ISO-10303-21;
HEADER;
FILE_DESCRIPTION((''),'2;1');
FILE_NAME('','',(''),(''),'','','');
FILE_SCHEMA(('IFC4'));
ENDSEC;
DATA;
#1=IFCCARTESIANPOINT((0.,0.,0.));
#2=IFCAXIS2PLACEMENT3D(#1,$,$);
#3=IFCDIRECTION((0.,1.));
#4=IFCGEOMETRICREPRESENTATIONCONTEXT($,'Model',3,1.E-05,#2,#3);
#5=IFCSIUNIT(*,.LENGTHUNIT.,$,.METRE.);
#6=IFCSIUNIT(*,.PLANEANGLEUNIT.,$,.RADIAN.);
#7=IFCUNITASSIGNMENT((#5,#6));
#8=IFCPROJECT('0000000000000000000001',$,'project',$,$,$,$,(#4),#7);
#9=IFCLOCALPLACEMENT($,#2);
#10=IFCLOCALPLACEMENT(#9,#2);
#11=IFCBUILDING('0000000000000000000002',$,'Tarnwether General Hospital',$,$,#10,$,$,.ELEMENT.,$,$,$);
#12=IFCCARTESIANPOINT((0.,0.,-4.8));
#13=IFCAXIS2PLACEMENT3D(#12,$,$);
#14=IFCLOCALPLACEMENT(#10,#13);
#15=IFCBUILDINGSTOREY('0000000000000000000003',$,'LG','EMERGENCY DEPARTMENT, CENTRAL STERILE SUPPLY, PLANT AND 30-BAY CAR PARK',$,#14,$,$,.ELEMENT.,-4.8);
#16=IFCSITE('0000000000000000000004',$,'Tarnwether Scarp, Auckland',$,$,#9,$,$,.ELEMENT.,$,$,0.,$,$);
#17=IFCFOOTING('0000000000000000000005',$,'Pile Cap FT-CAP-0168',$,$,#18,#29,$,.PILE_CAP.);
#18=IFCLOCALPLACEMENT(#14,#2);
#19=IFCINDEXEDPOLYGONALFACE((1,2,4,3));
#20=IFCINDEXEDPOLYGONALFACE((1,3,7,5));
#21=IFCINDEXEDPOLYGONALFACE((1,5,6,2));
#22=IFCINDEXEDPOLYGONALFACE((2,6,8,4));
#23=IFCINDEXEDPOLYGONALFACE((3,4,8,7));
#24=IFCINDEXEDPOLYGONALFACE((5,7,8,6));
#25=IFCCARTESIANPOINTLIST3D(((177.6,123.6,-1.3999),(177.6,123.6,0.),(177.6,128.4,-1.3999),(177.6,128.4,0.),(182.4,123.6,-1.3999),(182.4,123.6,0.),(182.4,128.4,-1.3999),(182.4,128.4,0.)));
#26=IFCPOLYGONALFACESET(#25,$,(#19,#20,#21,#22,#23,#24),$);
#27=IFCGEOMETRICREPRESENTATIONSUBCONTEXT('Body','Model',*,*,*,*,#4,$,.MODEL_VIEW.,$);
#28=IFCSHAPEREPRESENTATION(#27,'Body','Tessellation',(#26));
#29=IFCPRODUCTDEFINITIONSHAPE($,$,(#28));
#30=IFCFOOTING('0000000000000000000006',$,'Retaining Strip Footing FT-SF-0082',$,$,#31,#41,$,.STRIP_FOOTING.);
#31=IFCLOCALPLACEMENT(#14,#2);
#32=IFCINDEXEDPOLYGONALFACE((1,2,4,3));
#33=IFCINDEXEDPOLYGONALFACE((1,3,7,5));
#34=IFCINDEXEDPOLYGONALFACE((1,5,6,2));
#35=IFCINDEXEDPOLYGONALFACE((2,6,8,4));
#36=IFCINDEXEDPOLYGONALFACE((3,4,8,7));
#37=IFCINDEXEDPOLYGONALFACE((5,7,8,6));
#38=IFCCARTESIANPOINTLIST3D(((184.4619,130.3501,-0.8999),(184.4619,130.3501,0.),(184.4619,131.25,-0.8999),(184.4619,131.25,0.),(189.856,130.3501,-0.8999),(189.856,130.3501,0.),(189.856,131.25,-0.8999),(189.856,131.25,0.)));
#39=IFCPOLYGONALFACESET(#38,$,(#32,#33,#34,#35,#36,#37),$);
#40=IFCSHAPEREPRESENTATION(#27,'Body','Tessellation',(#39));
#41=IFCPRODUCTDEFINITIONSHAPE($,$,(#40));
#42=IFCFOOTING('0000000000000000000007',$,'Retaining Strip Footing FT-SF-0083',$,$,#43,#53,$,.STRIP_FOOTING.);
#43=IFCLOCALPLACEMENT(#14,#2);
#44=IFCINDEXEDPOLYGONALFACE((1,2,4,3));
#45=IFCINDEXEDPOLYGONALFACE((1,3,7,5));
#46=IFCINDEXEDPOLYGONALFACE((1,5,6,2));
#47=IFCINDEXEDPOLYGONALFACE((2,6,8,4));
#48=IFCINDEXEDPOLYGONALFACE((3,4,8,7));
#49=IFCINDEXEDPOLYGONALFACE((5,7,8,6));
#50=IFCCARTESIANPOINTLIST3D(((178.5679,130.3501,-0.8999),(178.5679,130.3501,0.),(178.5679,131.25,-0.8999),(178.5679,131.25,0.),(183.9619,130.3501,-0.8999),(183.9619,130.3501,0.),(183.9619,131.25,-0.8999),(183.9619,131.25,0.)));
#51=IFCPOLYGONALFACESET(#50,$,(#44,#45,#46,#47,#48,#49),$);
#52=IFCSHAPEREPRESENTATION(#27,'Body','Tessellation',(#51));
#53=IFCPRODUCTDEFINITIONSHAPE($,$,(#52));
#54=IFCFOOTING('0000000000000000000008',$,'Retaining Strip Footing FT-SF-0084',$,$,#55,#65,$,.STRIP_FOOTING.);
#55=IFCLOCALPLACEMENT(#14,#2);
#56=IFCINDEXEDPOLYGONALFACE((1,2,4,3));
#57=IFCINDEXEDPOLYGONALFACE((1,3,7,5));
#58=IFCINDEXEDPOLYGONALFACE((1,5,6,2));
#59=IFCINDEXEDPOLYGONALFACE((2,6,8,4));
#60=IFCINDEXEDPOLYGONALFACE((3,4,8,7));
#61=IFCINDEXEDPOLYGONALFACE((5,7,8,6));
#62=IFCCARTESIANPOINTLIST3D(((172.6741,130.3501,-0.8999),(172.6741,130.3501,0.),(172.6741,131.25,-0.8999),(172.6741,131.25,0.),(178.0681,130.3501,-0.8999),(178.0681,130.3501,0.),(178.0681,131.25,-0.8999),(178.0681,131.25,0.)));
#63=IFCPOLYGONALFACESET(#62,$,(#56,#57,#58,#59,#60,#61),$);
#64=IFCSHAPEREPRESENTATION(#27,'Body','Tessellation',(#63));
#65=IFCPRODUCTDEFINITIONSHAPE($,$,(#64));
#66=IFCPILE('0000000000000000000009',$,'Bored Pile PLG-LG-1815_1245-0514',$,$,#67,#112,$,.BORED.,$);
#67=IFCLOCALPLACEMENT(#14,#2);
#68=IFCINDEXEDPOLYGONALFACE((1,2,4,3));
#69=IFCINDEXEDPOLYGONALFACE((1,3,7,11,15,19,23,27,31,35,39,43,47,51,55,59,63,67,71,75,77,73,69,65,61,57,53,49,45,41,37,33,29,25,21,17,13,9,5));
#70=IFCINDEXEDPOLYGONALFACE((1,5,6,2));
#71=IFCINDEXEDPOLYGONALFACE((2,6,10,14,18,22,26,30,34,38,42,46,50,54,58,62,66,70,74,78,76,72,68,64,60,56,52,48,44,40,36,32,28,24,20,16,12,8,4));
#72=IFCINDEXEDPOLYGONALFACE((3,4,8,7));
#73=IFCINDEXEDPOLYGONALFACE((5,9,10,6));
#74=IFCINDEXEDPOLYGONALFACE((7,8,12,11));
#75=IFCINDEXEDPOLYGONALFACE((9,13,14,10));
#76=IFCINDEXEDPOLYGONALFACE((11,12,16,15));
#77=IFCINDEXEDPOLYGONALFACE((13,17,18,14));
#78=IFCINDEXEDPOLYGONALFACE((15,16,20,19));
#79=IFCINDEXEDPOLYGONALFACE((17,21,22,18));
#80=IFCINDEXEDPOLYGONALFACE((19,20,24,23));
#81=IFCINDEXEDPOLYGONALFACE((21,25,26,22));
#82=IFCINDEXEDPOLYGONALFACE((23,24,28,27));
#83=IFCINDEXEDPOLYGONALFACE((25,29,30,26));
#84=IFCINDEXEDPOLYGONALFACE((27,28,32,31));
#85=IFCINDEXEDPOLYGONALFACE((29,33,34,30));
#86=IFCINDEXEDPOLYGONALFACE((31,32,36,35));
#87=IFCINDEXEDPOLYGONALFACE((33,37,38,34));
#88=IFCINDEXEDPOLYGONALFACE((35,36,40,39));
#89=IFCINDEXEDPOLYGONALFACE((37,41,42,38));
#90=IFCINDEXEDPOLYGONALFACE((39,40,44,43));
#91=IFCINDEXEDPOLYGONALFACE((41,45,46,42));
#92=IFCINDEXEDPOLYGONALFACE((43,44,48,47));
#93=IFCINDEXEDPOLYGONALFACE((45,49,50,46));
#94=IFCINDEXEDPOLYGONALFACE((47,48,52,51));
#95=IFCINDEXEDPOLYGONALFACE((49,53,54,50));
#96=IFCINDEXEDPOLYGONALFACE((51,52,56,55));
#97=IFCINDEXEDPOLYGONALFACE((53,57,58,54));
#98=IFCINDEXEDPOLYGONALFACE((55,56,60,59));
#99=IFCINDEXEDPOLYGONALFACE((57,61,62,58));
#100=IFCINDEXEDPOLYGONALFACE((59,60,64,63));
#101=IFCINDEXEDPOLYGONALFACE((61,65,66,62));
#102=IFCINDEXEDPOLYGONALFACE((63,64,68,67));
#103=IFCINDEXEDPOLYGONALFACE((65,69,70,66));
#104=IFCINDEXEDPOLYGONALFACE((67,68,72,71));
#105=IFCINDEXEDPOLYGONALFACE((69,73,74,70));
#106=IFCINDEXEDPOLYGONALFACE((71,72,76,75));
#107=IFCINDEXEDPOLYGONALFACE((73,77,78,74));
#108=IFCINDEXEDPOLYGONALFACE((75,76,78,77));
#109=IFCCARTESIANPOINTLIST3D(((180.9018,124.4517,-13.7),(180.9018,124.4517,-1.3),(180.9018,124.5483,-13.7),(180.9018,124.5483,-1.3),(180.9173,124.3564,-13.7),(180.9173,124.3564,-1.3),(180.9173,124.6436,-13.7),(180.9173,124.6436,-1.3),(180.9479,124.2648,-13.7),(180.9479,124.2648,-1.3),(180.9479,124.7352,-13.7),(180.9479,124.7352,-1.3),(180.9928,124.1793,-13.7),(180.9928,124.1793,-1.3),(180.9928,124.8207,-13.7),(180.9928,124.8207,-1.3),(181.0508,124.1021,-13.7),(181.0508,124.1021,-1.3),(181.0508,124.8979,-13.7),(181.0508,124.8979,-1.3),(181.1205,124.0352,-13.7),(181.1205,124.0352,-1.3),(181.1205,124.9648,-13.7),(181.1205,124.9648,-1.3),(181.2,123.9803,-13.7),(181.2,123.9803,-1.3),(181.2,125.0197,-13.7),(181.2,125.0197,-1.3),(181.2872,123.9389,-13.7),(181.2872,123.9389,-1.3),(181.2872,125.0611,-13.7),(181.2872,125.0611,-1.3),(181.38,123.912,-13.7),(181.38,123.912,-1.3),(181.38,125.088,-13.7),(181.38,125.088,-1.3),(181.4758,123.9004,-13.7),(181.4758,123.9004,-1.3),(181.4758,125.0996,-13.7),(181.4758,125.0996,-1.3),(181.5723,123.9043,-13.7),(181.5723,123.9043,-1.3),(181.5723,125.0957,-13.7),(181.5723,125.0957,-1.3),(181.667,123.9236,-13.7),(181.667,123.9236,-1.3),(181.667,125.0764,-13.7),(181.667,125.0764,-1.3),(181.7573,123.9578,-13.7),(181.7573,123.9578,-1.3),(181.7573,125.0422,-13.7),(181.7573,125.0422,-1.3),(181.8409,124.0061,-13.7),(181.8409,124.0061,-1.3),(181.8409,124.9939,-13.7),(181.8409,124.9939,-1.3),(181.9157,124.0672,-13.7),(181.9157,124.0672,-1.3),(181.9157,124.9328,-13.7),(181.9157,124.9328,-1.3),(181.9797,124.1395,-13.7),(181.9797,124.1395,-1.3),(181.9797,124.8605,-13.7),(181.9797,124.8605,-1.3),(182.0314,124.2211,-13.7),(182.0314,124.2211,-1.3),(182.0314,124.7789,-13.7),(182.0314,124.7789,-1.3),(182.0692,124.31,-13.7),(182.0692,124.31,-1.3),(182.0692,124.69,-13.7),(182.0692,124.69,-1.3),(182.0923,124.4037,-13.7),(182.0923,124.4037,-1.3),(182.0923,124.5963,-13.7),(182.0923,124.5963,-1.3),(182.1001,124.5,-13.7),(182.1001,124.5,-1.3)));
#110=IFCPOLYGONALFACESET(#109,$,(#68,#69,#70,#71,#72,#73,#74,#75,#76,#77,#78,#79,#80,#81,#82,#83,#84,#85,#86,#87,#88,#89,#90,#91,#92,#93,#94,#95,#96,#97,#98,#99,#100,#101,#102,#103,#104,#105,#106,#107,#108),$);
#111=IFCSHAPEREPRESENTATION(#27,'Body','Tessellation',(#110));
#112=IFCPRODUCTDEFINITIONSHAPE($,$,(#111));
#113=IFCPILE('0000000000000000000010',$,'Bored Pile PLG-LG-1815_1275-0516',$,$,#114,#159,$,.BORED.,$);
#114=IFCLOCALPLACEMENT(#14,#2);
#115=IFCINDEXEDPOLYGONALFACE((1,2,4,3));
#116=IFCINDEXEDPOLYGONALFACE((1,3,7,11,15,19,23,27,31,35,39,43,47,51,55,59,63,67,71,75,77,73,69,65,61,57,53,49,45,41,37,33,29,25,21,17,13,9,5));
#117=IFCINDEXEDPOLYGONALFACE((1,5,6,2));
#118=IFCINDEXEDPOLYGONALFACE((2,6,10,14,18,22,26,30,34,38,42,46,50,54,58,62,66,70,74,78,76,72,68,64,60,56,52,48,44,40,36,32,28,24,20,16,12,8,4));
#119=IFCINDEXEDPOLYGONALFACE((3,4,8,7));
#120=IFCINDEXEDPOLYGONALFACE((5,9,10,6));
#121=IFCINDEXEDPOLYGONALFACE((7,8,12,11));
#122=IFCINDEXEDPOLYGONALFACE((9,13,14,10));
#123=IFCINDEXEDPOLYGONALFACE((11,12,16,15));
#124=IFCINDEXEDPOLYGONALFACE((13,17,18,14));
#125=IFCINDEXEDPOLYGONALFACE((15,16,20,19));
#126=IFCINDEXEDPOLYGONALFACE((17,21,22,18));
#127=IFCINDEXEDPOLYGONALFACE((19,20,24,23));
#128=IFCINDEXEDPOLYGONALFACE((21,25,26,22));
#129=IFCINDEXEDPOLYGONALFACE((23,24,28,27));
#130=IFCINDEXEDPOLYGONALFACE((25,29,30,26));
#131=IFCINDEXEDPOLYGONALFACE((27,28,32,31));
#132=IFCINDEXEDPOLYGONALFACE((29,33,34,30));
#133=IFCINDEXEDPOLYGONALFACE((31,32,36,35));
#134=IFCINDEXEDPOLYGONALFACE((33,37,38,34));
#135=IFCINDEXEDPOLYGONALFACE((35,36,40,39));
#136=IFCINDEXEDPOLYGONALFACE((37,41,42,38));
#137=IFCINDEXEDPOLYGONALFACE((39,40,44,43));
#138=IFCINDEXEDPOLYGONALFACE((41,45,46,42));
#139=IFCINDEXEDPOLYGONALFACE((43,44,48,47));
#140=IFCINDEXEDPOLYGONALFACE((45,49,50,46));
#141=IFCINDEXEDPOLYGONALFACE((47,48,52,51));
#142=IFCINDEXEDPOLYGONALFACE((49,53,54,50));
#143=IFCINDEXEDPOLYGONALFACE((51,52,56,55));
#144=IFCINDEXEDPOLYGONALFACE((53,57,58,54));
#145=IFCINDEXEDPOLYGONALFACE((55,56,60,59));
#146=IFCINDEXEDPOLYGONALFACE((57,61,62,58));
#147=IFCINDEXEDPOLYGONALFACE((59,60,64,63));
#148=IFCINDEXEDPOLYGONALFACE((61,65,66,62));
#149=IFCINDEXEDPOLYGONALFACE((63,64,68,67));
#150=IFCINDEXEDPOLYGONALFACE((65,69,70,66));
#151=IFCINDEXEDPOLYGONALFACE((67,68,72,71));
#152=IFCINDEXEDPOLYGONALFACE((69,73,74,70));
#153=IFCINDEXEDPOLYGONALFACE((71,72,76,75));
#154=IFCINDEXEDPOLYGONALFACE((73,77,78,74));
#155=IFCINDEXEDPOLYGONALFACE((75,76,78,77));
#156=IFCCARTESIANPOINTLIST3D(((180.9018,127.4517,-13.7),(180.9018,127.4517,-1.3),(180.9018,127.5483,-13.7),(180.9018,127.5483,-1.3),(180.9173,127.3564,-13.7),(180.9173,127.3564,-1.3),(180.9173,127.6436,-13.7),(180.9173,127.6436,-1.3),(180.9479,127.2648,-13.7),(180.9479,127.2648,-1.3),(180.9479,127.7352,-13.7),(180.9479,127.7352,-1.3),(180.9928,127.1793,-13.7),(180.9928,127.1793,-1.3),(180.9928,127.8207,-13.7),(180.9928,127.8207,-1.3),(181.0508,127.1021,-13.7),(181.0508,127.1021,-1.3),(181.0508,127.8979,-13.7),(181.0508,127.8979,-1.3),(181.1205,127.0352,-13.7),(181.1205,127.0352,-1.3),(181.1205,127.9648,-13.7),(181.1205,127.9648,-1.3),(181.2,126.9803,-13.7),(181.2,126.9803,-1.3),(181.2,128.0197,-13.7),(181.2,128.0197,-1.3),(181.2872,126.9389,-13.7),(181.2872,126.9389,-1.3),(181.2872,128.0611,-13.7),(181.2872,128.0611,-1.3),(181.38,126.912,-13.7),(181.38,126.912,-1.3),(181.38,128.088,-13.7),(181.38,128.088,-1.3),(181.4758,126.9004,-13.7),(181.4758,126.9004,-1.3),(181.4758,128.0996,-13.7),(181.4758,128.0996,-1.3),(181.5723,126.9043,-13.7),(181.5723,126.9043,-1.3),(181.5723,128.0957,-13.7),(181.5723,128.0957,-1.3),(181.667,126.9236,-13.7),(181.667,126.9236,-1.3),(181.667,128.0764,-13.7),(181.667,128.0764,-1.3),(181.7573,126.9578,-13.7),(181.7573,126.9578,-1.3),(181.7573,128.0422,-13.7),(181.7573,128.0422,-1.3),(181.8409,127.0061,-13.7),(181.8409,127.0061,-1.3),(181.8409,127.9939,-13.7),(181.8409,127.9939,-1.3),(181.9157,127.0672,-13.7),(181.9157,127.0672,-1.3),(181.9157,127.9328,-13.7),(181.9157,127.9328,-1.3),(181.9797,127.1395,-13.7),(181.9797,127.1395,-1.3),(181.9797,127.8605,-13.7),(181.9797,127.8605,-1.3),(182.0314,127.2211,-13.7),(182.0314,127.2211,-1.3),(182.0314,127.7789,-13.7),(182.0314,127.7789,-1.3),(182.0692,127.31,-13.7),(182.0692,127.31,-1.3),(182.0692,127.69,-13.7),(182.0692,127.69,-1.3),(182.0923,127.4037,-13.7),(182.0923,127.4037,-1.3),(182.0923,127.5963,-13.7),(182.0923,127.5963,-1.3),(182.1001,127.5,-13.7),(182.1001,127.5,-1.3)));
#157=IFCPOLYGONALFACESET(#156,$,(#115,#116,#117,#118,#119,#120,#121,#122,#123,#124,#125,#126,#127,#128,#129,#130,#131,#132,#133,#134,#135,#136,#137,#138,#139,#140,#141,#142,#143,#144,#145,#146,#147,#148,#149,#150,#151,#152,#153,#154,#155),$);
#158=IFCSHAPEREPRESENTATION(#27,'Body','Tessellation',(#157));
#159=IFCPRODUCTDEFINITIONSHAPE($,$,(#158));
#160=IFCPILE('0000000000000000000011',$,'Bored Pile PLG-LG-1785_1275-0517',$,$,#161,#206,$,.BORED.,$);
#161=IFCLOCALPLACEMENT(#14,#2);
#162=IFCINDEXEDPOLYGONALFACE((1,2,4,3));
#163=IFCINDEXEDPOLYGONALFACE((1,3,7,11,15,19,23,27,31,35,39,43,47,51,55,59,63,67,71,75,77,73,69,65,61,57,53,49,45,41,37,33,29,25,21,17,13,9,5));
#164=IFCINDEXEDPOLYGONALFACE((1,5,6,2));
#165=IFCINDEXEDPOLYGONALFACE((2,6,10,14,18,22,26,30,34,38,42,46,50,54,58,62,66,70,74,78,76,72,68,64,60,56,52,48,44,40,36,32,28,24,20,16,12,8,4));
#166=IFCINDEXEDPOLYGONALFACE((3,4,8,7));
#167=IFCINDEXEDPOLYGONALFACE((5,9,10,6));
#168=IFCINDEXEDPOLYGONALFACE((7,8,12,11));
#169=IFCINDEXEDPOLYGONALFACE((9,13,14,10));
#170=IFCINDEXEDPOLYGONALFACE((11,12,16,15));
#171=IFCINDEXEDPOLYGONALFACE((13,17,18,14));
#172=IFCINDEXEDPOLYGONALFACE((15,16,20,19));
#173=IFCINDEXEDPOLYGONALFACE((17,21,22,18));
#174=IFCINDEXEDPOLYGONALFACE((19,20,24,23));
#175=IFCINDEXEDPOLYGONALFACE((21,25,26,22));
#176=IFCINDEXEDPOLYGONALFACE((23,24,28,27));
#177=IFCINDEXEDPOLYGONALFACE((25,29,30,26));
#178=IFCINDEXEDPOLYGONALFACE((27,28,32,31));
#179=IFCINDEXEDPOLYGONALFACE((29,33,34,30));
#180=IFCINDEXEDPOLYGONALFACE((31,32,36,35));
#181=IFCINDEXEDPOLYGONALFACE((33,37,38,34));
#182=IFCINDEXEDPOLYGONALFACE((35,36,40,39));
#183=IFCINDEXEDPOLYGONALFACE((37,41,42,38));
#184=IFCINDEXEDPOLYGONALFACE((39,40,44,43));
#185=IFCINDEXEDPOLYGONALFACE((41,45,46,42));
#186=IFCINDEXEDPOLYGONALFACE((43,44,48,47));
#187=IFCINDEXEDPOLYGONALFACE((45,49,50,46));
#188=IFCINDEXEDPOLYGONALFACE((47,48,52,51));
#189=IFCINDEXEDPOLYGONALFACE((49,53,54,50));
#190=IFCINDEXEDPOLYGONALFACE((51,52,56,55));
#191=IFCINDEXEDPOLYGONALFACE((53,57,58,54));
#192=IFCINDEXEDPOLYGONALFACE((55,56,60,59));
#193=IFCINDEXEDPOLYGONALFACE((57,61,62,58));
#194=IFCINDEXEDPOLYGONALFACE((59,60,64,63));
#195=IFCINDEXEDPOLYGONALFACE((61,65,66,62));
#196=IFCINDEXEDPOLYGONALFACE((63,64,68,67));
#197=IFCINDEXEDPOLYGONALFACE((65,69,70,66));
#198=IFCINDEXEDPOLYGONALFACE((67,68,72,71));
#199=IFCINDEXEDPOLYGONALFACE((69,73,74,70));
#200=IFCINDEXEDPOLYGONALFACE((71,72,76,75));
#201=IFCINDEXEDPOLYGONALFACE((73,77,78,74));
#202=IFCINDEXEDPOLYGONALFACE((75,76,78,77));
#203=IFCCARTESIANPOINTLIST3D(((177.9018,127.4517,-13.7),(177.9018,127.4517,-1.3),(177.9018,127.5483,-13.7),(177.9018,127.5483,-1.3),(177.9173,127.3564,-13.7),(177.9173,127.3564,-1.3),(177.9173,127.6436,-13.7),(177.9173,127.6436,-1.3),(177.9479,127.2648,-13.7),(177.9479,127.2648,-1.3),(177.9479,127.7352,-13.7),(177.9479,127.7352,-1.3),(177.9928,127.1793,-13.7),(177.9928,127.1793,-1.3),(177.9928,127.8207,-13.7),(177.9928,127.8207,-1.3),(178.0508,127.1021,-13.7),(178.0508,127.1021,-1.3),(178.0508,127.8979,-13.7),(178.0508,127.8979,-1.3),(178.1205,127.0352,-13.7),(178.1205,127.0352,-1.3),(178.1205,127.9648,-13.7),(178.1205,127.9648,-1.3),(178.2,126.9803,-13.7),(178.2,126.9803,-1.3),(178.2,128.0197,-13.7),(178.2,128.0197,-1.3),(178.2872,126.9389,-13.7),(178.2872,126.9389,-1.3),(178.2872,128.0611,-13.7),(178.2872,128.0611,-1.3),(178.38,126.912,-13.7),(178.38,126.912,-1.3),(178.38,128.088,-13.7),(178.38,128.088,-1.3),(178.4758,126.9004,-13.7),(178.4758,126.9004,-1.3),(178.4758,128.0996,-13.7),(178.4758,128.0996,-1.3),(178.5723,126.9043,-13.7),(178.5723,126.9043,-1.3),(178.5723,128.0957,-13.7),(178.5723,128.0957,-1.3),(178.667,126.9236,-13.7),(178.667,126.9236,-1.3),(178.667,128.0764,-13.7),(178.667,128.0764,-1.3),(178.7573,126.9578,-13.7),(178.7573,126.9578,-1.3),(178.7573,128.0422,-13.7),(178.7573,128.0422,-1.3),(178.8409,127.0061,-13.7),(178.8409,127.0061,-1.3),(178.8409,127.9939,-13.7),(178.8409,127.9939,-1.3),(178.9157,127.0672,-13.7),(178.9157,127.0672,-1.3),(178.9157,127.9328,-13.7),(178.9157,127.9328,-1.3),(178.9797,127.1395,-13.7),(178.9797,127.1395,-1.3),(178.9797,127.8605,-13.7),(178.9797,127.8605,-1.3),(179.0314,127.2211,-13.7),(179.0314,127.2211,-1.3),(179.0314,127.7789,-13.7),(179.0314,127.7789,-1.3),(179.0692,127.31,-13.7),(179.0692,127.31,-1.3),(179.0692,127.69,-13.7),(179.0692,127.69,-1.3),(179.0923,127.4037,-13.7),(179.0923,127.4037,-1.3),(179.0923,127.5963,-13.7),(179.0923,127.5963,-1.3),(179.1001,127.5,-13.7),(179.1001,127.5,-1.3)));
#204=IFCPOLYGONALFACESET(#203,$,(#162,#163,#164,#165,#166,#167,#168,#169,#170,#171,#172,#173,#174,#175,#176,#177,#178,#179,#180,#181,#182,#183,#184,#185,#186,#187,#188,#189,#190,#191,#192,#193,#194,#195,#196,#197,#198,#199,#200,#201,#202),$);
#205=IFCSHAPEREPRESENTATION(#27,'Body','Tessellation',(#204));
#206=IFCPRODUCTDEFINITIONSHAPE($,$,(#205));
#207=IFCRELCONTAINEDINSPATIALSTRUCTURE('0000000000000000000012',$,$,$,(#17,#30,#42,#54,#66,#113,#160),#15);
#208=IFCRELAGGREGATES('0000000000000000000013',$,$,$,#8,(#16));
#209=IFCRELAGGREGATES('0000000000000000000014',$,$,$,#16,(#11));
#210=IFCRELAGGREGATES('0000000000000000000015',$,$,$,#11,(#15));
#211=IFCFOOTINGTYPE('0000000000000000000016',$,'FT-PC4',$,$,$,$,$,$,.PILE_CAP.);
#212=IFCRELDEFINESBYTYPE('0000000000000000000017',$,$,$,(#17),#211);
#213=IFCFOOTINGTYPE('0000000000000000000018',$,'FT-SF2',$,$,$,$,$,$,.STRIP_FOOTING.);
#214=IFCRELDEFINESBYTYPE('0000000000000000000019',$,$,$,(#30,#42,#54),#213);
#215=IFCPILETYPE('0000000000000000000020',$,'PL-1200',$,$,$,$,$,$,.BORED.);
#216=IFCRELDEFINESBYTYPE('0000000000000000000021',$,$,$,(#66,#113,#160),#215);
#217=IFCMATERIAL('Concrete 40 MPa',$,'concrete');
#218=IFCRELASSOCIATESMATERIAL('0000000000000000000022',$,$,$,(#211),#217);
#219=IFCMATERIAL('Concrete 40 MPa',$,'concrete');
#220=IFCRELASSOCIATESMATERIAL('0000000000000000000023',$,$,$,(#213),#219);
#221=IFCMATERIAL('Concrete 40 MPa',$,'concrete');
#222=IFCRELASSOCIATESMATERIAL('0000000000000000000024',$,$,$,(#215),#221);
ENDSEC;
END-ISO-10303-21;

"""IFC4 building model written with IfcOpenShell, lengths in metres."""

from ifc_helpers import new_model, si_unit, direction, frame, origin, origin_2d, place, context, subcontext, project, spatial, rectangle, circle, extrude, material, material_profile, profile_set, type_object, element, save


model = new_model("IFC4")

# Units and contexts
model_context = context("Model", 3, precision=1e-05, world=origin(), true_north=direction((0.0, 1.0)))
body_context = subcontext(model_context, "Body", "Model", "MODEL_VIEW")
ifc_project = project(units=[si_unit("LENGTHUNIT", "METRE"), si_unit("PLANEANGLEUNIT", "RADIAN")], contexts=[model_context])

# Site, building, storey
site_placement = place(None, origin())
site = spatial("IfcSite", under=ifc_project, at=site_placement, Name="Tarnwether Scarp, Auckland", CompositionType="ELEMENT", RefElevation=0.0)
building_placement = place(site_placement, origin())
building = spatial("IfcBuilding", under=site, at=building_placement, Name="Tarnwether General Hospital", CompositionType="ELEMENT")
storey_placement = place(building_placement, frame((0.0, 0.0, -4.8)))
storey = spatial("IfcBuildingStorey", under=building, at=storey_placement, Name="LG", Description="EMERGENCY DEPARTMENT, CENTRAL STERILE SUPPLY, PLANT AND 30-BAY CAR PARK", CompositionType="ELEMENT", Elevation=-4.8)

# Footings
ifc_material_1 = material(Name="Concrete 40 MPa", Category="concrete")
footing_type_1 = type_object("IfcFootingType", Name="FT-PC4", PredefinedType="PILE_CAP", material=ifc_material_1)
footing_placement = place(storey_placement, frame((180.0, 126.0, -1.3999), z_axis=(0.0, 0.0, 1.0), x_axis=(0.0, 1.0, 0.0)))
element("IfcFooting", 1, at=footing_placement, inside=storey, type_object=footing_type_1, Name="Pile Cap FT-CAP-0168", PredefinedType="PILE_CAP", context=body_context, shape_type="SweptSolid", body=[
    extrude(rectangle(XDim=4.8, YDim=4.8, at=origin_2d()), origin(), (0.0, 0.0, 1.0), 1.3999),
])
ifc_material_2 = material(Name="Concrete 40 MPa", Category="concrete")
footing_type_2 = type_object("IfcFootingType", Name="FT-SF2", PredefinedType="STRIP_FOOTING", material=ifc_material_2)
for number, where, z_axis, x_axis, name in (
    (2, (187.1589, 130.8, -0.8999), (0.0, 0.0, 1.0), (-1.0, 0.0, 0.0), "Retaining Strip Footing FT-SF-0082"),
    (3, (181.2649, 130.8, -0.8999), (0.0, 0.0, 1.0), (-1.0, 0.0, 0.0), "Retaining Strip Footing FT-SF-0083"),
    (4, (175.3711, 130.8, -0.8999), (0.0, 0.0, 1.0), (-1.0, 0.0, 0.0), "Retaining Strip Footing FT-SF-0084"),
):
    element("IfcFooting", number, at=place(storey_placement, frame(where, z_axis=z_axis, x_axis=x_axis)), inside=storey, type_object=footing_type_2, Name=name, PredefinedType="STRIP_FOOTING", context=body_context, shape_type="SweptSolid", body=[
        extrude(rectangle(XDim=5.394, YDim=0.8999, at=origin_2d()), origin(), (0.0, 0.0, 1.0), 0.8999),
    ])

# Piles
ifc_material_3 = material(Name="Concrete 40 MPa", Category="concrete")
ifc_material_profile_1 = material_profile(ifc_material_3, circle(Radius=0.6001, at=origin_2d()), Name="PILE-D1200")
ifc_profile_set_1 = profile_set([ifc_material_profile_1], Name="Concrete 40 MPa")
pile_type_1 = type_object("IfcPileType", Name="PL-1200", PredefinedType="BORED", material=ifc_profile_set_1)
for number, where, z_axis, x_axis, name in (
    (5, (181.5, 124.5, -1.3), (0.0, 0.0, -1.0), (1.0, 0.0, 0.0), "Bored Pile PLG-LG-1815_1245-0514"),
    (6, (181.5, 127.5, -1.3), (0.0, 0.0, -1.0), (1.0, 0.0, 0.0), "Bored Pile PLG-LG-1815_1275-0516"),
    (7, (178.5, 127.5, -1.3), (0.0, 0.0, -1.0), (1.0, 0.0, 0.0), "Bored Pile PLG-LG-1785_1275-0517"),
):
    element("IfcPile", number, at=place(storey_placement, frame(where, z_axis=z_axis, x_axis=x_axis)), inside=storey, type_object=pile_type_1, Name=name, PredefinedType="BORED", context=body_context, shape_type="SweptSolid", body=[
        extrude(circle(Radius=0.6001, at=origin_2d()), origin(), (0.0, 0.0, 1.0), 12.3999),
    ])

save(model, "model.ifc")
